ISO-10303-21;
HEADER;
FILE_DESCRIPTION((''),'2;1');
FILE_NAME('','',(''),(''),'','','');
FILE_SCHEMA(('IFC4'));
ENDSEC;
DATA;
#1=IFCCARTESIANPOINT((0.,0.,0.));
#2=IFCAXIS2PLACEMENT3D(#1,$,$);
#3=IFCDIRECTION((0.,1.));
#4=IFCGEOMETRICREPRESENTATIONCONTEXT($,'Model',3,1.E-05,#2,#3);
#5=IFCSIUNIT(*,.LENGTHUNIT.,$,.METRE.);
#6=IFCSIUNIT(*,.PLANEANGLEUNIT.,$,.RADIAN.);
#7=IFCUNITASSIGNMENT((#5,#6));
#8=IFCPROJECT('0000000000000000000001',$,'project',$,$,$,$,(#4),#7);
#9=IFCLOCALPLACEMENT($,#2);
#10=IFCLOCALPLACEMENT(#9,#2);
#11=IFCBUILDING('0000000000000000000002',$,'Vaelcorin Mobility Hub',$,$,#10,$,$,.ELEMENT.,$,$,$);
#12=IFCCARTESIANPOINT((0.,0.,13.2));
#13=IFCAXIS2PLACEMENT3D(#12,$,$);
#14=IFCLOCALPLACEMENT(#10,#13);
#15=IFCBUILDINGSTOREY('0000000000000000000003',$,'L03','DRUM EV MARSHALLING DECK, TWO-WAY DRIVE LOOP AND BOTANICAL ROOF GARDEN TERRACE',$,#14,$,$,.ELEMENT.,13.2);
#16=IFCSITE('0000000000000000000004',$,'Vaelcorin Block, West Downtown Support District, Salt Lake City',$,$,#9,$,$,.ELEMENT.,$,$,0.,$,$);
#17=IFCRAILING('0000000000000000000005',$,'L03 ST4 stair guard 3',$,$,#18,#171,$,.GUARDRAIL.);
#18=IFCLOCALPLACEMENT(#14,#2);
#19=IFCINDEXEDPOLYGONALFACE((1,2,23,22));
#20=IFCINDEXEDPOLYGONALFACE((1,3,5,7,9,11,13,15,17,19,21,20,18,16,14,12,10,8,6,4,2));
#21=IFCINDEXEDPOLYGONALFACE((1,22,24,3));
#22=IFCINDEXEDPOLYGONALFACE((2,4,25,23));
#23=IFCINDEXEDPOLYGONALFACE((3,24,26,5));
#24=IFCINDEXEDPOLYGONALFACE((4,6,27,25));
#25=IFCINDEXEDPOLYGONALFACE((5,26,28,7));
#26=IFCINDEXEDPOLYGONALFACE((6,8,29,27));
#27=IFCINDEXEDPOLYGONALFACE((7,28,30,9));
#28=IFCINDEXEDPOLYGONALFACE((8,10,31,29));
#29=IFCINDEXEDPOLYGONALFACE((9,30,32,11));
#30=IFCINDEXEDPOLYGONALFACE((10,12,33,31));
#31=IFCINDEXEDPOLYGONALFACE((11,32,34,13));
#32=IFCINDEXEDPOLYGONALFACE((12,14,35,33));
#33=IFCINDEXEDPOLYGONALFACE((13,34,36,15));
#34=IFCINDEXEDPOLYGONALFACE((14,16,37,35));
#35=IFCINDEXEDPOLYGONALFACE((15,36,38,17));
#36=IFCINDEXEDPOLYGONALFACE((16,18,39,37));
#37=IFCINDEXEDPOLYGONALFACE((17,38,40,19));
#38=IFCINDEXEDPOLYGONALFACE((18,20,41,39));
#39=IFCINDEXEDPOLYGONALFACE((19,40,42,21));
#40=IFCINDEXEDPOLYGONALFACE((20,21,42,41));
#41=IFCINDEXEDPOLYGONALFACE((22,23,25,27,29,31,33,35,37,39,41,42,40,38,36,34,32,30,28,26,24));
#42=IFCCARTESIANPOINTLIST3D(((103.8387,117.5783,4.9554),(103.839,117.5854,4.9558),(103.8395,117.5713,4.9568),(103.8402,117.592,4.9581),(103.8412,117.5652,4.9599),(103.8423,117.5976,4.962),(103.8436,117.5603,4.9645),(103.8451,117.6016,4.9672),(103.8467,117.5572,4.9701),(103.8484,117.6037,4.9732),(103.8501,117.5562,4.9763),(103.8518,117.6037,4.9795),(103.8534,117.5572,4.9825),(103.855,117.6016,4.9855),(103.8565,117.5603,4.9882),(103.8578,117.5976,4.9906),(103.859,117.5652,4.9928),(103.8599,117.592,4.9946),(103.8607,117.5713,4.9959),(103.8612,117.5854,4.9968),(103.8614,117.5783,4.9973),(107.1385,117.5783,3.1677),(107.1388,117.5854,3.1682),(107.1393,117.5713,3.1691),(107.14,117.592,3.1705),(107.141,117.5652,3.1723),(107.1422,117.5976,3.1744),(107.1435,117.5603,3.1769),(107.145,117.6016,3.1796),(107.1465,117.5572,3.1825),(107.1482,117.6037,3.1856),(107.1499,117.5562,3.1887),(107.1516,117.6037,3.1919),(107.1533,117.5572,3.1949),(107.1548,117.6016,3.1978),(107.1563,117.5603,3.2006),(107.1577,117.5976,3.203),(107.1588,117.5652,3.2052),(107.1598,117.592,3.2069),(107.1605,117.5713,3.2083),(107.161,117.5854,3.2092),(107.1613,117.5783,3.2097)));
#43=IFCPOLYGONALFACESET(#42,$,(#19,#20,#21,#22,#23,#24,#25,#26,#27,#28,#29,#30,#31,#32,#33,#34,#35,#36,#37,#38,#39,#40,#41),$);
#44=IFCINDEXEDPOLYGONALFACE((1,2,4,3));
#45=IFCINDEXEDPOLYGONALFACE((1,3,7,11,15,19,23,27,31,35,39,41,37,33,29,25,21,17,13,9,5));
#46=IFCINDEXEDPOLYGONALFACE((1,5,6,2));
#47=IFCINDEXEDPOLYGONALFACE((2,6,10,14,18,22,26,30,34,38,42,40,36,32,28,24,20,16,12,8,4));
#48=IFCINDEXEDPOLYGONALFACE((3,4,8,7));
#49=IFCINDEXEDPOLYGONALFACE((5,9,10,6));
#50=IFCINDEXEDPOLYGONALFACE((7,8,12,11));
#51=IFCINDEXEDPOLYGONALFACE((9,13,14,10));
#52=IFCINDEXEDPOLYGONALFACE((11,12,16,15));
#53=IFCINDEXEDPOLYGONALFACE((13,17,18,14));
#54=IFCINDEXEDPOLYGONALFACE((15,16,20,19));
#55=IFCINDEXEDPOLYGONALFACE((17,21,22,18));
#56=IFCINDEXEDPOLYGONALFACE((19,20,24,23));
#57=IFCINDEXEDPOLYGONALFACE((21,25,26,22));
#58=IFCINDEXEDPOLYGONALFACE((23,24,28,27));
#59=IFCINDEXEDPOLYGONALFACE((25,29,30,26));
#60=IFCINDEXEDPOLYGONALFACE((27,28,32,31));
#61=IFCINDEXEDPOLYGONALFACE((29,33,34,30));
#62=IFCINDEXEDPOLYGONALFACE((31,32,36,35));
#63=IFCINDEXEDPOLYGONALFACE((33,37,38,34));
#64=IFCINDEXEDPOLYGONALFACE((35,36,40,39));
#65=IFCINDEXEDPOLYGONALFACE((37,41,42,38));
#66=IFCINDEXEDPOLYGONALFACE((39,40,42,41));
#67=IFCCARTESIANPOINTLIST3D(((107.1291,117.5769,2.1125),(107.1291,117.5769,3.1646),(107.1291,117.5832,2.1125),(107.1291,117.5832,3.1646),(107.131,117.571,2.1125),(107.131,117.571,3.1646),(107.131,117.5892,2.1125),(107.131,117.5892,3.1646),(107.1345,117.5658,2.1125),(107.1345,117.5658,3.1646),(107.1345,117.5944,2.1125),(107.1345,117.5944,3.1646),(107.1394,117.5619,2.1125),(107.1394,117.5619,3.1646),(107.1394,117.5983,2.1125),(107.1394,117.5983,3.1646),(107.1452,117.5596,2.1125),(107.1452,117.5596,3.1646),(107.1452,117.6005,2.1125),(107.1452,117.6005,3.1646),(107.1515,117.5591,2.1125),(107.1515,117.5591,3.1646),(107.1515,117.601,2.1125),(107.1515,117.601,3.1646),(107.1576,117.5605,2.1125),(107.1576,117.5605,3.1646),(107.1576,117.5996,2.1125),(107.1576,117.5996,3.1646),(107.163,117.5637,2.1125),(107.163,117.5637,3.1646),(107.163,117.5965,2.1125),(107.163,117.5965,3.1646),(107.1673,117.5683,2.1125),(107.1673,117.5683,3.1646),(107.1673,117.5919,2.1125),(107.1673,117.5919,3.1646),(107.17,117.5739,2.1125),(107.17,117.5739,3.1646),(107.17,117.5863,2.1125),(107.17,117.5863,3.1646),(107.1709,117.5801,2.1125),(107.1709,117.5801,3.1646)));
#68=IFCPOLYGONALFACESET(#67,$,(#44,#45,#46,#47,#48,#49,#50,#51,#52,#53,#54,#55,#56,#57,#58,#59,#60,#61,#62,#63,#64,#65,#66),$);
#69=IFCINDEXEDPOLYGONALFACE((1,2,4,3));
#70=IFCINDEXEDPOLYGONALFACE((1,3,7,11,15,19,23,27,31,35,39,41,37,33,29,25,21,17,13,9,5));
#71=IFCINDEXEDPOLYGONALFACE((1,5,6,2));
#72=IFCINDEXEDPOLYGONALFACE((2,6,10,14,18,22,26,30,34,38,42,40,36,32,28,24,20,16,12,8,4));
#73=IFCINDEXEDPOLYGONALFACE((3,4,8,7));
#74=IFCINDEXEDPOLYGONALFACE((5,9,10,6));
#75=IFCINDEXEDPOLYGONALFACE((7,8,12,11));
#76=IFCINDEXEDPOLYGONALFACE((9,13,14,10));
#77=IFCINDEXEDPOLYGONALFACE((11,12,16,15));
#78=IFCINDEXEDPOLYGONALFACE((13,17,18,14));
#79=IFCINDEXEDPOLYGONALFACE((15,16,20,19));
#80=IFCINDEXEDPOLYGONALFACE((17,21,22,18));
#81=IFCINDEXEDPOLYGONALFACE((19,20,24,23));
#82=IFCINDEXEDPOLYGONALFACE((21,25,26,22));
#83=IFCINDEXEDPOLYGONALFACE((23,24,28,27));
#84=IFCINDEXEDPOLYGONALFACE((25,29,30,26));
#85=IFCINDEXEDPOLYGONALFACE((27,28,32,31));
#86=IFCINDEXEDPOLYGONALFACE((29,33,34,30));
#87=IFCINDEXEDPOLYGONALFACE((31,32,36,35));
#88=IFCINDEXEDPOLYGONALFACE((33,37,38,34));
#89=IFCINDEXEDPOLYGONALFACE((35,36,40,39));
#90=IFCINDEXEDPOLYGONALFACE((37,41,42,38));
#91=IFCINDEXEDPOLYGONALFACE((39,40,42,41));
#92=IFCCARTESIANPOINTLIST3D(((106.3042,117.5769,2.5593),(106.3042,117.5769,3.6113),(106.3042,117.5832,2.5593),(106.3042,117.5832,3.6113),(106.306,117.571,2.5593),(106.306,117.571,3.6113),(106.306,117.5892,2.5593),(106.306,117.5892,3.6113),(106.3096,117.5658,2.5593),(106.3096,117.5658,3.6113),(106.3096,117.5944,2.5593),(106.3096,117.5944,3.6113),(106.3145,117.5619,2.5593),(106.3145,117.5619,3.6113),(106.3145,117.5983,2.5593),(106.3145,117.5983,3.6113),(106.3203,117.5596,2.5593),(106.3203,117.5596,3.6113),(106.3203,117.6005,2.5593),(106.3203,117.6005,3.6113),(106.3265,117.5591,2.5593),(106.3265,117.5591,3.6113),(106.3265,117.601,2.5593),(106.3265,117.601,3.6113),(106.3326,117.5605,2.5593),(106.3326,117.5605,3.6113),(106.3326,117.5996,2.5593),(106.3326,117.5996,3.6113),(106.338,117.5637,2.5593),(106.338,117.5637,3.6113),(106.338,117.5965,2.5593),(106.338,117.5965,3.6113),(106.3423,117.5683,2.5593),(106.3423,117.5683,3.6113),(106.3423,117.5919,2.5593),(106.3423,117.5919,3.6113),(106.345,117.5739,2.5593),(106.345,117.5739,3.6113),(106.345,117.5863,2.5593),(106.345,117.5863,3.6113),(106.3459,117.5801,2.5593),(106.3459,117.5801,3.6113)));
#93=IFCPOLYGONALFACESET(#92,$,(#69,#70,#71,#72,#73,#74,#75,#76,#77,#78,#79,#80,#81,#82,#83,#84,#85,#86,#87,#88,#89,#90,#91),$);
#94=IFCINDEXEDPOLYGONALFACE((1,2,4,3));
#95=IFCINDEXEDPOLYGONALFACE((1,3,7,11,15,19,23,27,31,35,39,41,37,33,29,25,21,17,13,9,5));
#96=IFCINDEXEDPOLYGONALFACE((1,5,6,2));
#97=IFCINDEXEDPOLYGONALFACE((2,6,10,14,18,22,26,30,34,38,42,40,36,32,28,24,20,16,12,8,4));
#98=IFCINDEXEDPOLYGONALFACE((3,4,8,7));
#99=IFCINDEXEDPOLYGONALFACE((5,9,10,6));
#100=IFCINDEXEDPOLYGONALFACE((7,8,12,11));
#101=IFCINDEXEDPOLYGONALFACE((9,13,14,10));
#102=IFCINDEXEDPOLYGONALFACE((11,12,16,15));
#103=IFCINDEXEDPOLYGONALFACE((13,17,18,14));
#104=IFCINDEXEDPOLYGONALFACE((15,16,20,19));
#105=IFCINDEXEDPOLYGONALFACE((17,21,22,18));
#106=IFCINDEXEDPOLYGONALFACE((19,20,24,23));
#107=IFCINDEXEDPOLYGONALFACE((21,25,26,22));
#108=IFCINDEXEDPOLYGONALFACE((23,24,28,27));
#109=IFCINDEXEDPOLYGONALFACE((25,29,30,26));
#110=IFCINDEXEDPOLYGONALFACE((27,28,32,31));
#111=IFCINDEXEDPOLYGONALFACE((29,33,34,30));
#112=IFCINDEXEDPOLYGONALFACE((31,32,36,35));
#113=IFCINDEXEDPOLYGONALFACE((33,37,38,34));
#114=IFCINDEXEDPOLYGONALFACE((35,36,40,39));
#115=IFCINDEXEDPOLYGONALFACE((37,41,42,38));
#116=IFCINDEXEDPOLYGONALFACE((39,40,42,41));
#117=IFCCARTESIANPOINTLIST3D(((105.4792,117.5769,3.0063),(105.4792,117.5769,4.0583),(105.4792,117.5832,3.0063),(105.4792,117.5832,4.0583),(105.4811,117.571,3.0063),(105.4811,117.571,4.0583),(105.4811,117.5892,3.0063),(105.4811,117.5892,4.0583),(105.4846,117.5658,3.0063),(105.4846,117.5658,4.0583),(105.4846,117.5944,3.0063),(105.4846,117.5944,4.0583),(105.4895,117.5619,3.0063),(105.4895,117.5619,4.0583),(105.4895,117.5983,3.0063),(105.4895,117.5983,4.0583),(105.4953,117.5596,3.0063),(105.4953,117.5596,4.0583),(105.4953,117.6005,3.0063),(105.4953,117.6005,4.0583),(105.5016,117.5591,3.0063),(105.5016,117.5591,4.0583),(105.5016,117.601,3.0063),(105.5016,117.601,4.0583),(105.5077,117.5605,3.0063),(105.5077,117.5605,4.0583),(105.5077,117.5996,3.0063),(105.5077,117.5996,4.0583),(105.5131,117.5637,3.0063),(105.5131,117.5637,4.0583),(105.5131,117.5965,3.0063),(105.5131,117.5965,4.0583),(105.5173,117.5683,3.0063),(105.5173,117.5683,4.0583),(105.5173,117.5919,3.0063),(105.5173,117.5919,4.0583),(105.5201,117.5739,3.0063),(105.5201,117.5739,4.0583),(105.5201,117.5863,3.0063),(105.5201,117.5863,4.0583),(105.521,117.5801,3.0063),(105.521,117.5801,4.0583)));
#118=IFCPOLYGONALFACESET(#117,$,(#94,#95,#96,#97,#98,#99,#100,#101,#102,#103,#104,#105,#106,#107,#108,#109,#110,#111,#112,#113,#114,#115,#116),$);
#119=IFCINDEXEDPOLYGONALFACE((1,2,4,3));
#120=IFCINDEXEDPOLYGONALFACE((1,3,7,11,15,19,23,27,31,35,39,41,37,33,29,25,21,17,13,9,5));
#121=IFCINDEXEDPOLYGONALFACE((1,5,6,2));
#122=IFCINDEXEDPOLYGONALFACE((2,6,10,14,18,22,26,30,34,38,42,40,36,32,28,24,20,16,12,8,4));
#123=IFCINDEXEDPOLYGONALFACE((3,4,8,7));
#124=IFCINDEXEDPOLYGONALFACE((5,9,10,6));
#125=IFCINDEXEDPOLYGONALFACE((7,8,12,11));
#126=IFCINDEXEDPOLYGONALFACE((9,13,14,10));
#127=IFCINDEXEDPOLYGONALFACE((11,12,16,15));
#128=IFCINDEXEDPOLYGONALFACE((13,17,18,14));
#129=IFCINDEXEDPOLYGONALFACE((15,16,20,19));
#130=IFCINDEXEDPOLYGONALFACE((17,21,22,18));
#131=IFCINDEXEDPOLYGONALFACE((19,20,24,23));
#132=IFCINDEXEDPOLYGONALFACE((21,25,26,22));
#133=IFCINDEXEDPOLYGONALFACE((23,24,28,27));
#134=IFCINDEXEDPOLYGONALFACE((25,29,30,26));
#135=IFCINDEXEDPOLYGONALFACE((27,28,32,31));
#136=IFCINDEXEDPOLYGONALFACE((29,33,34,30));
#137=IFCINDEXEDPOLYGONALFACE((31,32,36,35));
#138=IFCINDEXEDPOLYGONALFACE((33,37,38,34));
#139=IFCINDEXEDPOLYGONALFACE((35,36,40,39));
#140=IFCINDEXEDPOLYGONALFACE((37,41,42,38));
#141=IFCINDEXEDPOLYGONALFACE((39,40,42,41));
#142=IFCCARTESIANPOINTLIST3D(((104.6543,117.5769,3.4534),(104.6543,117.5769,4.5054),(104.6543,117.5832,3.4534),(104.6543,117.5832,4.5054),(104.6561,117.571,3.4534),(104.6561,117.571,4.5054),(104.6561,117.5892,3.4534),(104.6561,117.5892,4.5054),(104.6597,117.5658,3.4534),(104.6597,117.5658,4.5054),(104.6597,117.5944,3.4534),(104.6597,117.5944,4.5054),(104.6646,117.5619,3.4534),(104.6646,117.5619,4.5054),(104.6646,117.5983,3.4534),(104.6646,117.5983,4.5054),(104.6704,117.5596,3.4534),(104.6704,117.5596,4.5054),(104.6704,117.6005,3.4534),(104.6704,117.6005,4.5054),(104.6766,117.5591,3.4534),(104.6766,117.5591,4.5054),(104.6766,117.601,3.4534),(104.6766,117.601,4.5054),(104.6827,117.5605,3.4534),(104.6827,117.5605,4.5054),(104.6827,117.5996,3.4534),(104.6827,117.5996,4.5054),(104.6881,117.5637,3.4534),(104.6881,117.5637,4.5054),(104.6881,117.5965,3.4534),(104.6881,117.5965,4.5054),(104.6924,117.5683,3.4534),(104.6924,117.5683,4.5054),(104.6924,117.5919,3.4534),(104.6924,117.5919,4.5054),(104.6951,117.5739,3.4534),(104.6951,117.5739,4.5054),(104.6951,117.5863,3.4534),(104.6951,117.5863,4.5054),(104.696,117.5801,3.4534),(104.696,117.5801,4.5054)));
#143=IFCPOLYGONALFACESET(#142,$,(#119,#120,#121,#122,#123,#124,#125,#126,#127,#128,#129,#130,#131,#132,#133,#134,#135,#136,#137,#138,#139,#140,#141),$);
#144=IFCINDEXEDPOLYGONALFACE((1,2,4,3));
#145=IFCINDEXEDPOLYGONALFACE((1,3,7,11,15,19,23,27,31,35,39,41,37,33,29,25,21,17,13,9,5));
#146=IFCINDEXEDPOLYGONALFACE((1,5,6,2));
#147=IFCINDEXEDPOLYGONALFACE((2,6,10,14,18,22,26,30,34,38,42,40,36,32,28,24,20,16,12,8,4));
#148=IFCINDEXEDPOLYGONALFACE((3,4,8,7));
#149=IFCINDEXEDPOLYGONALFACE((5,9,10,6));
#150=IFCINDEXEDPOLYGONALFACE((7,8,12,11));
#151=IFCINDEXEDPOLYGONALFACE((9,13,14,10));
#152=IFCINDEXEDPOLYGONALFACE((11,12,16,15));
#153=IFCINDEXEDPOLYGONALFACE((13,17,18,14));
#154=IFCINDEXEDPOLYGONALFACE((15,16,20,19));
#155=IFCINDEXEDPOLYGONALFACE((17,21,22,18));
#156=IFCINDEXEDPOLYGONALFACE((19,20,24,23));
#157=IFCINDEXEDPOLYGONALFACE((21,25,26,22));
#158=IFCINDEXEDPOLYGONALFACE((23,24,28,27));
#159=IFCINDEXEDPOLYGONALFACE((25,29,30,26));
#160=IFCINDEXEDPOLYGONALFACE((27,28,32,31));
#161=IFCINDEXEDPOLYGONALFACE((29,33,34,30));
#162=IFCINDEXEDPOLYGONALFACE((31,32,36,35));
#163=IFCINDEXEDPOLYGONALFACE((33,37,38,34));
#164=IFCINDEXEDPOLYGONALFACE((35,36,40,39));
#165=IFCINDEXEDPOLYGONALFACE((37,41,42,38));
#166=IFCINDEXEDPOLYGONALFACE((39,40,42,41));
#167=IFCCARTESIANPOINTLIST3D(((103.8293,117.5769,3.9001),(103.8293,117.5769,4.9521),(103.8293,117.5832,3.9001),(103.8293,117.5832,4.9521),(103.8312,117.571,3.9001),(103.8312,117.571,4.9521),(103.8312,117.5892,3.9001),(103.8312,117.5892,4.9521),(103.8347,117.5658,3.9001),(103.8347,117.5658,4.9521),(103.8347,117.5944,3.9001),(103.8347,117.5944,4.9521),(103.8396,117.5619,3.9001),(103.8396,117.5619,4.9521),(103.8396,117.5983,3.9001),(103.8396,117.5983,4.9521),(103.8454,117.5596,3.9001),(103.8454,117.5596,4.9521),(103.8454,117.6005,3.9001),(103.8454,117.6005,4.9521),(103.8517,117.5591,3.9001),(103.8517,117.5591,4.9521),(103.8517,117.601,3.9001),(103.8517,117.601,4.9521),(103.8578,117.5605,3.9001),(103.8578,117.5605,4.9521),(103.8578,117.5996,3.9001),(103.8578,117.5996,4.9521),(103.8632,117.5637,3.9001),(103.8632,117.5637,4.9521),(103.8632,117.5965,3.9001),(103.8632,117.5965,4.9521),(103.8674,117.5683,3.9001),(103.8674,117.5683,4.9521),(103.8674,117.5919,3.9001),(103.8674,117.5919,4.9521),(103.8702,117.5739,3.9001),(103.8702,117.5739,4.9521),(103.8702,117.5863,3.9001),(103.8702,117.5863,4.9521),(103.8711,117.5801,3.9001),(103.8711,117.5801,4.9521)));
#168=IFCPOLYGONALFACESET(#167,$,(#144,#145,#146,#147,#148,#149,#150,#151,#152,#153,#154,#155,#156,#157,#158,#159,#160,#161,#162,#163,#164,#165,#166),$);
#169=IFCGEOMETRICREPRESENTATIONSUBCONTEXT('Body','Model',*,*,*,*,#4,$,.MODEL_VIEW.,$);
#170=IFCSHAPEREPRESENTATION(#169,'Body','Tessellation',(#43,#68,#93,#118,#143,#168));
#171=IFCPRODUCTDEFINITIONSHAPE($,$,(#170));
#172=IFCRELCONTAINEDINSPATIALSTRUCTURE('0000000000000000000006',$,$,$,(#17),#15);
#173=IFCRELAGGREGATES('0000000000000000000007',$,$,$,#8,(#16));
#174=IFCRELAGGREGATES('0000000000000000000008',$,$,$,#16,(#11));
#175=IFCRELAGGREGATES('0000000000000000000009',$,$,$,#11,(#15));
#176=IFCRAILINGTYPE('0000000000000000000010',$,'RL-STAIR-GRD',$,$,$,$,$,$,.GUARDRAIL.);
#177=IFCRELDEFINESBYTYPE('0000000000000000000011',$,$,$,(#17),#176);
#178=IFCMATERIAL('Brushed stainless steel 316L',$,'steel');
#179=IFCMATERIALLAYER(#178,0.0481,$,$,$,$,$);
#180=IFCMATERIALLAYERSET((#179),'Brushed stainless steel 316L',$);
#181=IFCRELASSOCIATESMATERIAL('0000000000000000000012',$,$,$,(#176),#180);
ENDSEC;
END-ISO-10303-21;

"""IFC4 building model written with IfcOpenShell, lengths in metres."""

from ifc_helpers import new_model, si_unit, direction, frame, origin, origin_2d, place, context, subcontext, project, spatial, circle, extrude, material, layer, layer_set, type_object, element, save


model = new_model("IFC4")

# Units and contexts
model_context = context("Model", 3, precision=1e-05, world=origin(), true_north=direction((0.0, 1.0)))
body_context = subcontext(model_context, "Body", "Model", "MODEL_VIEW")
ifc_project = project(units=[si_unit("LENGTHUNIT", "METRE"), si_unit("PLANEANGLEUNIT", "RADIAN")], contexts=[model_context])

# Site, building, storey
site_placement = place(None, origin())
site = spatial("IfcSite", under=ifc_project, at=site_placement, Name="Vaelcorin Block, West Downtown Support District, Salt Lake City", CompositionType="ELEMENT", RefElevation=0.0)
building_placement = place(site_placement, origin())
building = spatial("IfcBuilding", under=site, at=building_placement, Name="Vaelcorin Mobility Hub", CompositionType="ELEMENT")
storey_placement = place(building_placement, frame((0.0, 0.0, 13.2)))
storey = spatial("IfcBuildingStorey", under=building, at=storey_placement, Name="L03", Description="DRUM EV MARSHALLING DECK, TWO-WAY DRIVE LOOP AND BOTANICAL ROOF GARDEN TERRACE", CompositionType="ELEMENT", Elevation=13.2)

# Railing
ifc_material_1 = material(Name="Brushed stainless steel 316L", Category="steel")
ifc_layer_1 = layer(ifc_material_1, 0.0481)
ifc_layer_set_1 = layer_set([ifc_layer_1], Name="Brushed stainless steel 316L")
railing_type_1 = type_object("IfcRailingType", Name="RL-STAIR-GRD", PredefinedType="GUARDRAIL", material=ifc_layer_set_1)
railing_1_placement = place(storey_placement, frame((107.1499, 117.5801, 2.1125)))
element("IfcRailing", 1, at=railing_1_placement, inside=storey, type_object=railing_type_1, Name="L03 ST4 stair guard 3", PredefinedType="GUARDRAIL", context=body_context, shape_type="SweptSolid", body=[
    extrude(circle(Radius=0.0239, at=origin_2d()), frame((0.0, 0.0, 1.0762), z_axis=(-0.879269, 0.0, 0.476325), x_axis=(0.0, -1.0, 0.0)), (0.0, 0.0, 1.0), 3.7529),
    extrude(circle(Radius=0.021, at=origin_2d()), origin(), (0.0, 0.0, 1.0), 1.052),
    extrude(circle(Radius=0.021, at=origin_2d()), frame((-0.825, 0.0, 0.4468)), (0.0, 0.0, 1.0), 1.052),
    extrude(circle(Radius=0.021, at=origin_2d()), frame((-1.6499, 0.0, 0.8938)), (0.0, 0.0, 1.0), 1.052),
    extrude(circle(Radius=0.021, at=origin_2d()), frame((-2.4749, 0.0, 1.3408)), (0.0, 0.0, 1.0), 1.052),
    extrude(circle(Radius=0.021, at=origin_2d()), frame((-3.2998, 0.0, 1.7876)), (0.0, 0.0, 1.0), 1.052),
])

save(model, "model.ifc")
